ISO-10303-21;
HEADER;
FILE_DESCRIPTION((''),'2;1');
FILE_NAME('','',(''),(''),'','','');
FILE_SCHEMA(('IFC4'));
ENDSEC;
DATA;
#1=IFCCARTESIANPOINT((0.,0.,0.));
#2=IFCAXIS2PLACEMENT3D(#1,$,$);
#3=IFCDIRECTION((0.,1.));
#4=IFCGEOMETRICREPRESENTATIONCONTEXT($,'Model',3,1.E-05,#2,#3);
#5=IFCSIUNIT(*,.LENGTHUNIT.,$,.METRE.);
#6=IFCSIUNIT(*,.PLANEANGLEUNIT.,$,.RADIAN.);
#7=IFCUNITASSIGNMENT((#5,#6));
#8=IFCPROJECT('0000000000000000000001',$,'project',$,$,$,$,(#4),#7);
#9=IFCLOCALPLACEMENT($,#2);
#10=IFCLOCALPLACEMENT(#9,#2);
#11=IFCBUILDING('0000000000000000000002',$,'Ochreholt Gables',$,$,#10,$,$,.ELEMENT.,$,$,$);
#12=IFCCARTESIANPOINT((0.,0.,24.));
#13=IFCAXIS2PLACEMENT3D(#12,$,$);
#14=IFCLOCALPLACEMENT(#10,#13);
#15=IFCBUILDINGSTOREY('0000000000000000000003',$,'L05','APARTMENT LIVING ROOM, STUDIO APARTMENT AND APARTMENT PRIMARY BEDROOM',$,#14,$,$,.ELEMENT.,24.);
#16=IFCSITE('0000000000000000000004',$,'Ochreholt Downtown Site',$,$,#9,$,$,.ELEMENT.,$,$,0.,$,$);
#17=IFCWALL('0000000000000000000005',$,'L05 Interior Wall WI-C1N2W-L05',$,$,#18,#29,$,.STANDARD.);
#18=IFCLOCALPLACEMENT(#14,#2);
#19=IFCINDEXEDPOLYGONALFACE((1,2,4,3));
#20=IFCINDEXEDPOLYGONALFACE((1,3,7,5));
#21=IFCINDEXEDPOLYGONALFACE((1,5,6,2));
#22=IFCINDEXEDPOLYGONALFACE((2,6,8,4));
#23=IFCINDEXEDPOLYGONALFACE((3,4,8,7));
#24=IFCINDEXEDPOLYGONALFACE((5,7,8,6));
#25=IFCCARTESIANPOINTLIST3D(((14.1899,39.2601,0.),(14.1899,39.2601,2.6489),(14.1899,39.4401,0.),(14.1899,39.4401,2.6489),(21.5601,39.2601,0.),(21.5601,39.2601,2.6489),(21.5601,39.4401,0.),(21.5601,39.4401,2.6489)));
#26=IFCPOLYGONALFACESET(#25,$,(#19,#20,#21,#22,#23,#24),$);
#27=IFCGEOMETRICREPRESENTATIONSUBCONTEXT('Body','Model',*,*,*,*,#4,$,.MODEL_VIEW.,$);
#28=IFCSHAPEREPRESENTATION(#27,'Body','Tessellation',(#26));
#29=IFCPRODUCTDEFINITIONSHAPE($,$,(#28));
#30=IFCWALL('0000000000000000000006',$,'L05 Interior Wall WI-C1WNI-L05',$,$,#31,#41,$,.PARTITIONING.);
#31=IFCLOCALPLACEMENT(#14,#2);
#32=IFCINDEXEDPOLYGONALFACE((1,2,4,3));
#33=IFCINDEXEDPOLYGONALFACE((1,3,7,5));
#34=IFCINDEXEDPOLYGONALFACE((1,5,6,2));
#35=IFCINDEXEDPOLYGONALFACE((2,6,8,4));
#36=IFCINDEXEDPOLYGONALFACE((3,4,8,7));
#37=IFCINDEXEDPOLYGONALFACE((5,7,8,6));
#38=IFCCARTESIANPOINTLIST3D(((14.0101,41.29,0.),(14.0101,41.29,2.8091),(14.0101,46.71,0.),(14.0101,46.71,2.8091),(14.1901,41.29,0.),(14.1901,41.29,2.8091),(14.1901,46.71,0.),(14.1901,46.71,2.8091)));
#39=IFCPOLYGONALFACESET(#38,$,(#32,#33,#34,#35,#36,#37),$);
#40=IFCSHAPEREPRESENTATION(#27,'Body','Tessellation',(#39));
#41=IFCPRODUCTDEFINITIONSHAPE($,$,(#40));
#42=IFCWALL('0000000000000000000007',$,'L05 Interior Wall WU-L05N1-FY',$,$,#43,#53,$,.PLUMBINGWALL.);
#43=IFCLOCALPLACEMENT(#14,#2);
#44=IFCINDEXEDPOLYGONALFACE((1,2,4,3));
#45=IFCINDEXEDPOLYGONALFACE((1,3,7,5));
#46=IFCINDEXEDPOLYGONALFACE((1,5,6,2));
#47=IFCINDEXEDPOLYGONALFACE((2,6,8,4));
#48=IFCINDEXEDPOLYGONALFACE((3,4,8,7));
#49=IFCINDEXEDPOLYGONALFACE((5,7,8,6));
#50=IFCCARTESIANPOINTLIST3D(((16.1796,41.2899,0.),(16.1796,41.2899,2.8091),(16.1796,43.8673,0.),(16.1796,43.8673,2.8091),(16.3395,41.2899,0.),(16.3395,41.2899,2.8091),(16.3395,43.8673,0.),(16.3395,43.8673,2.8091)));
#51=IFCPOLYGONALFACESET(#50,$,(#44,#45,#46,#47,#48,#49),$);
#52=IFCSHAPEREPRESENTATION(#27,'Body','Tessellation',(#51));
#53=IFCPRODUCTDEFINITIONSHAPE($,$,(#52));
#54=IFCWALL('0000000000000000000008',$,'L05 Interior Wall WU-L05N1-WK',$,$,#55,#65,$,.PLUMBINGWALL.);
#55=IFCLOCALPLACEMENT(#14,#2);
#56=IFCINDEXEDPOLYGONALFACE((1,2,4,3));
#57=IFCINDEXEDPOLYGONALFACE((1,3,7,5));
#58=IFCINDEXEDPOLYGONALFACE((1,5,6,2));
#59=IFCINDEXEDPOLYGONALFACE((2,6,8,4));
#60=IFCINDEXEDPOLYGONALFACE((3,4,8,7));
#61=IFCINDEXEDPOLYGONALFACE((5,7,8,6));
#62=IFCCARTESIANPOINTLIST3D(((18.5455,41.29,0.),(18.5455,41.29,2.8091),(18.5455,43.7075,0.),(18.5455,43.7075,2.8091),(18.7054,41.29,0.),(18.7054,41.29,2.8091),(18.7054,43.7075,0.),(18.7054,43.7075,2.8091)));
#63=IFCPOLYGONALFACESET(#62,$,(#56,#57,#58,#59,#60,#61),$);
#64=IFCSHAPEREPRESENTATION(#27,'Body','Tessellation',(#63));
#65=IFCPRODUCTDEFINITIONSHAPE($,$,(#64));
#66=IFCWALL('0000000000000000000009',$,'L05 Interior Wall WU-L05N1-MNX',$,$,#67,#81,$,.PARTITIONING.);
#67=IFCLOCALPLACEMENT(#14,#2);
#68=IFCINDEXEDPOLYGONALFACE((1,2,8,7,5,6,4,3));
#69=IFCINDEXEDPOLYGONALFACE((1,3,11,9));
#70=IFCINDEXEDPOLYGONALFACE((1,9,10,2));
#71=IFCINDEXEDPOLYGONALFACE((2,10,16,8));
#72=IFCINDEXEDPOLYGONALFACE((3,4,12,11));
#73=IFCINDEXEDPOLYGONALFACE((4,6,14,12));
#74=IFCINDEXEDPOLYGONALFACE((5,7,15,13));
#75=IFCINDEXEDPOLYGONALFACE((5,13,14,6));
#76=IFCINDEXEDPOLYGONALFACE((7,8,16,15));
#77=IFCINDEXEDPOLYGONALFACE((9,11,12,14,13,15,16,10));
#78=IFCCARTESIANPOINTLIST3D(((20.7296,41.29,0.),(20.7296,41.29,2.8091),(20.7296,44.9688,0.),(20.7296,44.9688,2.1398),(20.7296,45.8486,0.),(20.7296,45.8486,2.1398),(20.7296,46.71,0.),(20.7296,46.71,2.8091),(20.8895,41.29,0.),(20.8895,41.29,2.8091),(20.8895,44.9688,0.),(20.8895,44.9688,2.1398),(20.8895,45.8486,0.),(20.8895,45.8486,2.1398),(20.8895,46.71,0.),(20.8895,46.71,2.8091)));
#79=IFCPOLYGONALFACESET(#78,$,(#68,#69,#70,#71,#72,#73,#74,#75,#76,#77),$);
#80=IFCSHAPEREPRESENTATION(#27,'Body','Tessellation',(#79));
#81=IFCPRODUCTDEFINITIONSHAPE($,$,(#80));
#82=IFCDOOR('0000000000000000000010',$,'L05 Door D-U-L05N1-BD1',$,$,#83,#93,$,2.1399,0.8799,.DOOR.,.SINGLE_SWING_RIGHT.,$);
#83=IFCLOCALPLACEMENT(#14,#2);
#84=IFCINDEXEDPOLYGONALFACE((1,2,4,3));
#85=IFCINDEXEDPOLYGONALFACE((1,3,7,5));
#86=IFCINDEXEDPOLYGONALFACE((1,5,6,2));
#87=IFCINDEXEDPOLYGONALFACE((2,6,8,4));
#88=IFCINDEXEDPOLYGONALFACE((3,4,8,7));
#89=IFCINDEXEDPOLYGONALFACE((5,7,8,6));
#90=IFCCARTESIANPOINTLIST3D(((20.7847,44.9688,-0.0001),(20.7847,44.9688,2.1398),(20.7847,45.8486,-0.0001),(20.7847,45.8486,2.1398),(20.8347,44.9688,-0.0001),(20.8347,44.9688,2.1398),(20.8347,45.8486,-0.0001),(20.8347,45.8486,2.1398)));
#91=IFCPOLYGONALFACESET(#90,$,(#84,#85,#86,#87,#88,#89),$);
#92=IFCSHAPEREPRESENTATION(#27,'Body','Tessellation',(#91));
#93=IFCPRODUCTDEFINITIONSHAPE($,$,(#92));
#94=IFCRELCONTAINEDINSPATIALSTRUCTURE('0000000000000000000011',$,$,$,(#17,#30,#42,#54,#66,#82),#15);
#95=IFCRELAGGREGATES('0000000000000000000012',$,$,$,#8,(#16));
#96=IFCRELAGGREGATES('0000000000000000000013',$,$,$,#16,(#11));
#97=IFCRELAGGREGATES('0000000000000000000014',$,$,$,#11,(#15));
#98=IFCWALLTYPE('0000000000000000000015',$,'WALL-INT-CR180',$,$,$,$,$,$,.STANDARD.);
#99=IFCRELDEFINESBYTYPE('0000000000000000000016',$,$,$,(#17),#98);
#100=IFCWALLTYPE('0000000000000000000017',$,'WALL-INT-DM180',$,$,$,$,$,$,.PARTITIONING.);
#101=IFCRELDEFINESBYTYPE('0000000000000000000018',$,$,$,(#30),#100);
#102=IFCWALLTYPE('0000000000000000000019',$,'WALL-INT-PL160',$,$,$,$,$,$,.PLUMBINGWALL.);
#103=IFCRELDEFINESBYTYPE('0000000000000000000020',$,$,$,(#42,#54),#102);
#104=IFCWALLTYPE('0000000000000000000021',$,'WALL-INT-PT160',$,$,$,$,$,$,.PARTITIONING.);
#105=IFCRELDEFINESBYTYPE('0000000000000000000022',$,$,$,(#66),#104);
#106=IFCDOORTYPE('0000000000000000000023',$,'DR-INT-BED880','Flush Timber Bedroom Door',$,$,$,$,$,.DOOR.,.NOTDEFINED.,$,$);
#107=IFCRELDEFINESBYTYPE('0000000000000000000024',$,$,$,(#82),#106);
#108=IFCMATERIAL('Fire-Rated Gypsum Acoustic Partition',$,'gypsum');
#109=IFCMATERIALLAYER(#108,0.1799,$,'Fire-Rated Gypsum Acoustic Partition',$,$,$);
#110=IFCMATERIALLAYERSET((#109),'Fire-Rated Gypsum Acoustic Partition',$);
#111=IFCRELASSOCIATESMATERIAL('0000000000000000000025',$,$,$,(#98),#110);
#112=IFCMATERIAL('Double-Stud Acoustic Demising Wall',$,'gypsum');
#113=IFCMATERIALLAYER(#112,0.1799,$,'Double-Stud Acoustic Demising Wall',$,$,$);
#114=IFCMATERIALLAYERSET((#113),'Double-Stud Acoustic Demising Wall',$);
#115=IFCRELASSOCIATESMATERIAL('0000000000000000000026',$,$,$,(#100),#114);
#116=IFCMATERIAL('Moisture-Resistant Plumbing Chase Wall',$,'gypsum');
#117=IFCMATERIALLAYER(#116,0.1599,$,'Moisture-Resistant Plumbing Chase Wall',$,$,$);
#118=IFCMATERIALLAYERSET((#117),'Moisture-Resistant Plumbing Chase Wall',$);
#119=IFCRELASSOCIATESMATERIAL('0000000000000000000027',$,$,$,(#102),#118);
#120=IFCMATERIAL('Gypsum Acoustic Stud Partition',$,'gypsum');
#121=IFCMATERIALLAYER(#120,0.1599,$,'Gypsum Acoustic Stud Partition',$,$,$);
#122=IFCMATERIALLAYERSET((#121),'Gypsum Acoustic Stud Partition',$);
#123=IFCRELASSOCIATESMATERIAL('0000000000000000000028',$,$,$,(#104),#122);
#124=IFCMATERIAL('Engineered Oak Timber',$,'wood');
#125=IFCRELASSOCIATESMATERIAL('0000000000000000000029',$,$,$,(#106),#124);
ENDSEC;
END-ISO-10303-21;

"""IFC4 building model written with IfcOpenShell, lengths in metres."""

from ifc_helpers import new_model, si_unit, direction, frame, frame_2d, origin, place, context, subcontext, project, spatial, rectangle, extrude, material, layer, layer_set, type_object, element, fill, save


model = new_model("IFC4")

# Units and contexts
model_context = context("Model", 3, precision=1e-05, world=origin(), true_north=direction((0.0, 1.0)))
body_context = subcontext(model_context, "Body", "Model", "MODEL_VIEW")
ifc_project = project(units=[si_unit("LENGTHUNIT", "METRE"), si_unit("PLANEANGLEUNIT", "RADIAN")], contexts=[model_context])

# Site, building, storey
site_placement = place(None, origin())
site = spatial("IfcSite", under=ifc_project, at=site_placement, Name="Ochreholt Downtown Site", CompositionType="ELEMENT", RefElevation=0.0)
building_placement = place(site_placement, origin())
building = spatial("IfcBuilding", under=site, at=building_placement, Name="Ochreholt Gables", CompositionType="ELEMENT")
storey_placement = place(building_placement, frame((0.0, 0.0, 24.0)))
storey = spatial("IfcBuildingStorey", under=building, at=storey_placement, Name="L05", Description="APARTMENT LIVING ROOM, STUDIO APARTMENT AND APARTMENT PRIMARY BEDROOM", CompositionType="ELEMENT", Elevation=24.0)

# Walls
ifc_material_1 = material(Name="Fire-Rated Gypsum Acoustic Partition", Category="gypsum")
ifc_layer_1 = layer(ifc_material_1, 0.1799, Name="Fire-Rated Gypsum Acoustic Partition")
ifc_layer_set_1 = layer_set([ifc_layer_1], Name="Fire-Rated Gypsum Acoustic Partition")
wall_type_1 = type_object("IfcWallType", Name="WALL-INT-CR180", PredefinedType="STANDARD", material=ifc_layer_set_1)
wall_1_placement = place(storey_placement, frame((14.1899, 39.3501, 0.0), z_axis=(0.0, 0.0, 1.0), x_axis=(1.0, 0.0, 0.0)))
element("IfcWall", 1, at=wall_1_placement, inside=storey, type_object=wall_type_1, Name="L05 Interior Wall WI-C1N2W-L05", PredefinedType="STANDARD", context=body_context, shape_type="SweptSolid", body=[
    extrude(rectangle(XDim=7.3701, YDim=0.1799, at=frame_2d((3.6851, 0.0))), origin(), (0.0, 0.0, 1.0), 2.6489),
])
ifc_material_2 = material(Name="Double-Stud Acoustic Demising Wall", Category="gypsum")
ifc_layer_2 = layer(ifc_material_2, 0.1799, Name="Double-Stud Acoustic Demising Wall")
ifc_layer_set_2 = layer_set([ifc_layer_2], Name="Double-Stud Acoustic Demising Wall")
wall_type_2 = type_object("IfcWallType", Name="WALL-INT-DM180", PredefinedType="PARTITIONING", material=ifc_layer_set_2)
wall_2_placement = place(storey_placement, frame((14.1001, 41.29, 0.0), z_axis=(0.0, 0.0, 1.0), x_axis=(0.0, 1.0, 0.0)))
element("IfcWall", 2, at=wall_2_placement, inside=storey, type_object=wall_type_2, Name="L05 Interior Wall WI-C1WNI-L05", PredefinedType="PARTITIONING", context=body_context, shape_type="SweptSolid", body=[
    extrude(rectangle(XDim=5.4199, YDim=0.1799, at=frame_2d((2.71, 0.0))), origin(), (0.0, 0.0, 1.0), 2.8091),
])

# Shared definitions
ifc_material_3 = material(Name="Moisture-Resistant Plumbing Chase Wall", Category="gypsum")
ifc_layer_3 = layer(ifc_material_3, 0.1599, Name="Moisture-Resistant Plumbing Chase Wall")
ifc_layer_set_3 = layer_set([ifc_layer_3], Name="Moisture-Resistant Plumbing Chase Wall")
wall_type_3 = type_object("IfcWallType", Name="WALL-INT-PL160", PredefinedType="PLUMBINGWALL", material=ifc_layer_set_3)
ifc_material_4 = material(Name="Engineered Oak Timber", Category="wood")

# Walls
wall_3_placement = place(storey_placement, frame((16.2595, 41.29, 0.0), z_axis=(0.0, 0.0, 1.0), x_axis=(0.0, 1.0, 0.0)))
element("IfcWall", 3, at=wall_3_placement, inside=storey, type_object=wall_type_3, Name="L05 Interior Wall WU-L05N1-FY", PredefinedType="PLUMBINGWALL", context=body_context, shape_type="SweptSolid", body=[
    extrude(rectangle(XDim=2.5774, YDim=0.1599, at=frame_2d((1.2886, 0.0))), origin(), (0.0, 0.0, 1.0), 2.8091),
])
wall_4_placement = place(storey_placement, frame((18.6255, 41.29, 0.0), z_axis=(0.0, 0.0, 1.0), x_axis=(0.0, 1.0, 0.0)))
element("IfcWall", 4, at=wall_4_placement, inside=storey, type_object=wall_type_3, Name="L05 Interior Wall WU-L05N1-WK", PredefinedType="PLUMBINGWALL", context=body_context, shape_type="SweptSolid", body=[
    extrude(rectangle(XDim=2.4175, YDim=0.1599, at=frame_2d((1.2087, 0.0))), origin(), (0.0, 0.0, 1.0), 2.8091),
])

# Wall, opening, door
ifc_material_5 = material(Name="Gypsum Acoustic Stud Partition", Category="gypsum")
ifc_layer_4 = layer(ifc_material_5, 0.1599, Name="Gypsum Acoustic Stud Partition")
ifc_layer_set_4 = layer_set([ifc_layer_4], Name="Gypsum Acoustic Stud Partition")
wall_type_4 = type_object("IfcWallType", Name="WALL-INT-PT160", PredefinedType="PARTITIONING", material=ifc_layer_set_4)
wall_5_placement = place(storey_placement, frame((20.8096, 41.29, 0.0), z_axis=(0.0, 0.0, 1.0), x_axis=(0.0, 1.0, 0.0)))
wall_5 = element("IfcWall", 5, at=wall_5_placement, inside=storey, type_object=wall_type_4, Name="L05 Interior Wall WU-L05N1-MNX", PredefinedType="PARTITIONING", context=body_context, shape_type="SweptSolid", body=[
    extrude(rectangle(XDim=5.4199, YDim=0.1599, at=frame_2d((2.71, 0.0))), origin(), (0.0, 0.0, 1.0), 2.8091),
])
opening_1_placement = place(wall_5_placement, frame((3.6787, 0.0, 0.0)))
opening_1 = element("IfcOpeningElement", 6, at=opening_1_placement, cuts=wall_5, PredefinedType="OPENING", context=body_context, shape_type="SweptSolid", body=[
    extrude(rectangle(XDim=0.8799, YDim=2.1399, at=frame_2d((0.4399, 1.0698))), frame((0.0, 0.0898, 0.0), z_axis=(0.0, -1.0, 0.0), x_axis=(1.0, 0.0, 0.0)), (0.0, 0.0, 1.0), 0.1799),
])
door_type_1 = type_object("IfcDoorType", Name="DR-INT-BED880", Description="Flush Timber Bedroom Door", OperationType="NOTDEFINED", PredefinedType="DOOR", material=ifc_material_4)
door_1_placement = place(opening_1_placement, origin())
door_1 = element("IfcDoor", 7, at=door_1_placement, inside=storey, type_object=door_type_1, Name="L05 Door D-U-L05N1-BD1", OperationType="SINGLE_SWING_RIGHT", OverallHeight=2.1399, OverallWidth=0.8799, PredefinedType="DOOR", context=body_context, shape_type="SweptSolid", body=[
    extrude(rectangle(XDim=0.8799, YDim=2.1399, at=frame_2d((0.4399, 1.0698))), frame((0.0, 0.0249, 0.0), z_axis=(0.0, -1.0, 0.0), x_axis=(1.0, 0.0, 0.0)), (0.0, 0.0, 1.0), 0.05),
])
fill(opening_1, door_1)

save(model, "model.ifc")
